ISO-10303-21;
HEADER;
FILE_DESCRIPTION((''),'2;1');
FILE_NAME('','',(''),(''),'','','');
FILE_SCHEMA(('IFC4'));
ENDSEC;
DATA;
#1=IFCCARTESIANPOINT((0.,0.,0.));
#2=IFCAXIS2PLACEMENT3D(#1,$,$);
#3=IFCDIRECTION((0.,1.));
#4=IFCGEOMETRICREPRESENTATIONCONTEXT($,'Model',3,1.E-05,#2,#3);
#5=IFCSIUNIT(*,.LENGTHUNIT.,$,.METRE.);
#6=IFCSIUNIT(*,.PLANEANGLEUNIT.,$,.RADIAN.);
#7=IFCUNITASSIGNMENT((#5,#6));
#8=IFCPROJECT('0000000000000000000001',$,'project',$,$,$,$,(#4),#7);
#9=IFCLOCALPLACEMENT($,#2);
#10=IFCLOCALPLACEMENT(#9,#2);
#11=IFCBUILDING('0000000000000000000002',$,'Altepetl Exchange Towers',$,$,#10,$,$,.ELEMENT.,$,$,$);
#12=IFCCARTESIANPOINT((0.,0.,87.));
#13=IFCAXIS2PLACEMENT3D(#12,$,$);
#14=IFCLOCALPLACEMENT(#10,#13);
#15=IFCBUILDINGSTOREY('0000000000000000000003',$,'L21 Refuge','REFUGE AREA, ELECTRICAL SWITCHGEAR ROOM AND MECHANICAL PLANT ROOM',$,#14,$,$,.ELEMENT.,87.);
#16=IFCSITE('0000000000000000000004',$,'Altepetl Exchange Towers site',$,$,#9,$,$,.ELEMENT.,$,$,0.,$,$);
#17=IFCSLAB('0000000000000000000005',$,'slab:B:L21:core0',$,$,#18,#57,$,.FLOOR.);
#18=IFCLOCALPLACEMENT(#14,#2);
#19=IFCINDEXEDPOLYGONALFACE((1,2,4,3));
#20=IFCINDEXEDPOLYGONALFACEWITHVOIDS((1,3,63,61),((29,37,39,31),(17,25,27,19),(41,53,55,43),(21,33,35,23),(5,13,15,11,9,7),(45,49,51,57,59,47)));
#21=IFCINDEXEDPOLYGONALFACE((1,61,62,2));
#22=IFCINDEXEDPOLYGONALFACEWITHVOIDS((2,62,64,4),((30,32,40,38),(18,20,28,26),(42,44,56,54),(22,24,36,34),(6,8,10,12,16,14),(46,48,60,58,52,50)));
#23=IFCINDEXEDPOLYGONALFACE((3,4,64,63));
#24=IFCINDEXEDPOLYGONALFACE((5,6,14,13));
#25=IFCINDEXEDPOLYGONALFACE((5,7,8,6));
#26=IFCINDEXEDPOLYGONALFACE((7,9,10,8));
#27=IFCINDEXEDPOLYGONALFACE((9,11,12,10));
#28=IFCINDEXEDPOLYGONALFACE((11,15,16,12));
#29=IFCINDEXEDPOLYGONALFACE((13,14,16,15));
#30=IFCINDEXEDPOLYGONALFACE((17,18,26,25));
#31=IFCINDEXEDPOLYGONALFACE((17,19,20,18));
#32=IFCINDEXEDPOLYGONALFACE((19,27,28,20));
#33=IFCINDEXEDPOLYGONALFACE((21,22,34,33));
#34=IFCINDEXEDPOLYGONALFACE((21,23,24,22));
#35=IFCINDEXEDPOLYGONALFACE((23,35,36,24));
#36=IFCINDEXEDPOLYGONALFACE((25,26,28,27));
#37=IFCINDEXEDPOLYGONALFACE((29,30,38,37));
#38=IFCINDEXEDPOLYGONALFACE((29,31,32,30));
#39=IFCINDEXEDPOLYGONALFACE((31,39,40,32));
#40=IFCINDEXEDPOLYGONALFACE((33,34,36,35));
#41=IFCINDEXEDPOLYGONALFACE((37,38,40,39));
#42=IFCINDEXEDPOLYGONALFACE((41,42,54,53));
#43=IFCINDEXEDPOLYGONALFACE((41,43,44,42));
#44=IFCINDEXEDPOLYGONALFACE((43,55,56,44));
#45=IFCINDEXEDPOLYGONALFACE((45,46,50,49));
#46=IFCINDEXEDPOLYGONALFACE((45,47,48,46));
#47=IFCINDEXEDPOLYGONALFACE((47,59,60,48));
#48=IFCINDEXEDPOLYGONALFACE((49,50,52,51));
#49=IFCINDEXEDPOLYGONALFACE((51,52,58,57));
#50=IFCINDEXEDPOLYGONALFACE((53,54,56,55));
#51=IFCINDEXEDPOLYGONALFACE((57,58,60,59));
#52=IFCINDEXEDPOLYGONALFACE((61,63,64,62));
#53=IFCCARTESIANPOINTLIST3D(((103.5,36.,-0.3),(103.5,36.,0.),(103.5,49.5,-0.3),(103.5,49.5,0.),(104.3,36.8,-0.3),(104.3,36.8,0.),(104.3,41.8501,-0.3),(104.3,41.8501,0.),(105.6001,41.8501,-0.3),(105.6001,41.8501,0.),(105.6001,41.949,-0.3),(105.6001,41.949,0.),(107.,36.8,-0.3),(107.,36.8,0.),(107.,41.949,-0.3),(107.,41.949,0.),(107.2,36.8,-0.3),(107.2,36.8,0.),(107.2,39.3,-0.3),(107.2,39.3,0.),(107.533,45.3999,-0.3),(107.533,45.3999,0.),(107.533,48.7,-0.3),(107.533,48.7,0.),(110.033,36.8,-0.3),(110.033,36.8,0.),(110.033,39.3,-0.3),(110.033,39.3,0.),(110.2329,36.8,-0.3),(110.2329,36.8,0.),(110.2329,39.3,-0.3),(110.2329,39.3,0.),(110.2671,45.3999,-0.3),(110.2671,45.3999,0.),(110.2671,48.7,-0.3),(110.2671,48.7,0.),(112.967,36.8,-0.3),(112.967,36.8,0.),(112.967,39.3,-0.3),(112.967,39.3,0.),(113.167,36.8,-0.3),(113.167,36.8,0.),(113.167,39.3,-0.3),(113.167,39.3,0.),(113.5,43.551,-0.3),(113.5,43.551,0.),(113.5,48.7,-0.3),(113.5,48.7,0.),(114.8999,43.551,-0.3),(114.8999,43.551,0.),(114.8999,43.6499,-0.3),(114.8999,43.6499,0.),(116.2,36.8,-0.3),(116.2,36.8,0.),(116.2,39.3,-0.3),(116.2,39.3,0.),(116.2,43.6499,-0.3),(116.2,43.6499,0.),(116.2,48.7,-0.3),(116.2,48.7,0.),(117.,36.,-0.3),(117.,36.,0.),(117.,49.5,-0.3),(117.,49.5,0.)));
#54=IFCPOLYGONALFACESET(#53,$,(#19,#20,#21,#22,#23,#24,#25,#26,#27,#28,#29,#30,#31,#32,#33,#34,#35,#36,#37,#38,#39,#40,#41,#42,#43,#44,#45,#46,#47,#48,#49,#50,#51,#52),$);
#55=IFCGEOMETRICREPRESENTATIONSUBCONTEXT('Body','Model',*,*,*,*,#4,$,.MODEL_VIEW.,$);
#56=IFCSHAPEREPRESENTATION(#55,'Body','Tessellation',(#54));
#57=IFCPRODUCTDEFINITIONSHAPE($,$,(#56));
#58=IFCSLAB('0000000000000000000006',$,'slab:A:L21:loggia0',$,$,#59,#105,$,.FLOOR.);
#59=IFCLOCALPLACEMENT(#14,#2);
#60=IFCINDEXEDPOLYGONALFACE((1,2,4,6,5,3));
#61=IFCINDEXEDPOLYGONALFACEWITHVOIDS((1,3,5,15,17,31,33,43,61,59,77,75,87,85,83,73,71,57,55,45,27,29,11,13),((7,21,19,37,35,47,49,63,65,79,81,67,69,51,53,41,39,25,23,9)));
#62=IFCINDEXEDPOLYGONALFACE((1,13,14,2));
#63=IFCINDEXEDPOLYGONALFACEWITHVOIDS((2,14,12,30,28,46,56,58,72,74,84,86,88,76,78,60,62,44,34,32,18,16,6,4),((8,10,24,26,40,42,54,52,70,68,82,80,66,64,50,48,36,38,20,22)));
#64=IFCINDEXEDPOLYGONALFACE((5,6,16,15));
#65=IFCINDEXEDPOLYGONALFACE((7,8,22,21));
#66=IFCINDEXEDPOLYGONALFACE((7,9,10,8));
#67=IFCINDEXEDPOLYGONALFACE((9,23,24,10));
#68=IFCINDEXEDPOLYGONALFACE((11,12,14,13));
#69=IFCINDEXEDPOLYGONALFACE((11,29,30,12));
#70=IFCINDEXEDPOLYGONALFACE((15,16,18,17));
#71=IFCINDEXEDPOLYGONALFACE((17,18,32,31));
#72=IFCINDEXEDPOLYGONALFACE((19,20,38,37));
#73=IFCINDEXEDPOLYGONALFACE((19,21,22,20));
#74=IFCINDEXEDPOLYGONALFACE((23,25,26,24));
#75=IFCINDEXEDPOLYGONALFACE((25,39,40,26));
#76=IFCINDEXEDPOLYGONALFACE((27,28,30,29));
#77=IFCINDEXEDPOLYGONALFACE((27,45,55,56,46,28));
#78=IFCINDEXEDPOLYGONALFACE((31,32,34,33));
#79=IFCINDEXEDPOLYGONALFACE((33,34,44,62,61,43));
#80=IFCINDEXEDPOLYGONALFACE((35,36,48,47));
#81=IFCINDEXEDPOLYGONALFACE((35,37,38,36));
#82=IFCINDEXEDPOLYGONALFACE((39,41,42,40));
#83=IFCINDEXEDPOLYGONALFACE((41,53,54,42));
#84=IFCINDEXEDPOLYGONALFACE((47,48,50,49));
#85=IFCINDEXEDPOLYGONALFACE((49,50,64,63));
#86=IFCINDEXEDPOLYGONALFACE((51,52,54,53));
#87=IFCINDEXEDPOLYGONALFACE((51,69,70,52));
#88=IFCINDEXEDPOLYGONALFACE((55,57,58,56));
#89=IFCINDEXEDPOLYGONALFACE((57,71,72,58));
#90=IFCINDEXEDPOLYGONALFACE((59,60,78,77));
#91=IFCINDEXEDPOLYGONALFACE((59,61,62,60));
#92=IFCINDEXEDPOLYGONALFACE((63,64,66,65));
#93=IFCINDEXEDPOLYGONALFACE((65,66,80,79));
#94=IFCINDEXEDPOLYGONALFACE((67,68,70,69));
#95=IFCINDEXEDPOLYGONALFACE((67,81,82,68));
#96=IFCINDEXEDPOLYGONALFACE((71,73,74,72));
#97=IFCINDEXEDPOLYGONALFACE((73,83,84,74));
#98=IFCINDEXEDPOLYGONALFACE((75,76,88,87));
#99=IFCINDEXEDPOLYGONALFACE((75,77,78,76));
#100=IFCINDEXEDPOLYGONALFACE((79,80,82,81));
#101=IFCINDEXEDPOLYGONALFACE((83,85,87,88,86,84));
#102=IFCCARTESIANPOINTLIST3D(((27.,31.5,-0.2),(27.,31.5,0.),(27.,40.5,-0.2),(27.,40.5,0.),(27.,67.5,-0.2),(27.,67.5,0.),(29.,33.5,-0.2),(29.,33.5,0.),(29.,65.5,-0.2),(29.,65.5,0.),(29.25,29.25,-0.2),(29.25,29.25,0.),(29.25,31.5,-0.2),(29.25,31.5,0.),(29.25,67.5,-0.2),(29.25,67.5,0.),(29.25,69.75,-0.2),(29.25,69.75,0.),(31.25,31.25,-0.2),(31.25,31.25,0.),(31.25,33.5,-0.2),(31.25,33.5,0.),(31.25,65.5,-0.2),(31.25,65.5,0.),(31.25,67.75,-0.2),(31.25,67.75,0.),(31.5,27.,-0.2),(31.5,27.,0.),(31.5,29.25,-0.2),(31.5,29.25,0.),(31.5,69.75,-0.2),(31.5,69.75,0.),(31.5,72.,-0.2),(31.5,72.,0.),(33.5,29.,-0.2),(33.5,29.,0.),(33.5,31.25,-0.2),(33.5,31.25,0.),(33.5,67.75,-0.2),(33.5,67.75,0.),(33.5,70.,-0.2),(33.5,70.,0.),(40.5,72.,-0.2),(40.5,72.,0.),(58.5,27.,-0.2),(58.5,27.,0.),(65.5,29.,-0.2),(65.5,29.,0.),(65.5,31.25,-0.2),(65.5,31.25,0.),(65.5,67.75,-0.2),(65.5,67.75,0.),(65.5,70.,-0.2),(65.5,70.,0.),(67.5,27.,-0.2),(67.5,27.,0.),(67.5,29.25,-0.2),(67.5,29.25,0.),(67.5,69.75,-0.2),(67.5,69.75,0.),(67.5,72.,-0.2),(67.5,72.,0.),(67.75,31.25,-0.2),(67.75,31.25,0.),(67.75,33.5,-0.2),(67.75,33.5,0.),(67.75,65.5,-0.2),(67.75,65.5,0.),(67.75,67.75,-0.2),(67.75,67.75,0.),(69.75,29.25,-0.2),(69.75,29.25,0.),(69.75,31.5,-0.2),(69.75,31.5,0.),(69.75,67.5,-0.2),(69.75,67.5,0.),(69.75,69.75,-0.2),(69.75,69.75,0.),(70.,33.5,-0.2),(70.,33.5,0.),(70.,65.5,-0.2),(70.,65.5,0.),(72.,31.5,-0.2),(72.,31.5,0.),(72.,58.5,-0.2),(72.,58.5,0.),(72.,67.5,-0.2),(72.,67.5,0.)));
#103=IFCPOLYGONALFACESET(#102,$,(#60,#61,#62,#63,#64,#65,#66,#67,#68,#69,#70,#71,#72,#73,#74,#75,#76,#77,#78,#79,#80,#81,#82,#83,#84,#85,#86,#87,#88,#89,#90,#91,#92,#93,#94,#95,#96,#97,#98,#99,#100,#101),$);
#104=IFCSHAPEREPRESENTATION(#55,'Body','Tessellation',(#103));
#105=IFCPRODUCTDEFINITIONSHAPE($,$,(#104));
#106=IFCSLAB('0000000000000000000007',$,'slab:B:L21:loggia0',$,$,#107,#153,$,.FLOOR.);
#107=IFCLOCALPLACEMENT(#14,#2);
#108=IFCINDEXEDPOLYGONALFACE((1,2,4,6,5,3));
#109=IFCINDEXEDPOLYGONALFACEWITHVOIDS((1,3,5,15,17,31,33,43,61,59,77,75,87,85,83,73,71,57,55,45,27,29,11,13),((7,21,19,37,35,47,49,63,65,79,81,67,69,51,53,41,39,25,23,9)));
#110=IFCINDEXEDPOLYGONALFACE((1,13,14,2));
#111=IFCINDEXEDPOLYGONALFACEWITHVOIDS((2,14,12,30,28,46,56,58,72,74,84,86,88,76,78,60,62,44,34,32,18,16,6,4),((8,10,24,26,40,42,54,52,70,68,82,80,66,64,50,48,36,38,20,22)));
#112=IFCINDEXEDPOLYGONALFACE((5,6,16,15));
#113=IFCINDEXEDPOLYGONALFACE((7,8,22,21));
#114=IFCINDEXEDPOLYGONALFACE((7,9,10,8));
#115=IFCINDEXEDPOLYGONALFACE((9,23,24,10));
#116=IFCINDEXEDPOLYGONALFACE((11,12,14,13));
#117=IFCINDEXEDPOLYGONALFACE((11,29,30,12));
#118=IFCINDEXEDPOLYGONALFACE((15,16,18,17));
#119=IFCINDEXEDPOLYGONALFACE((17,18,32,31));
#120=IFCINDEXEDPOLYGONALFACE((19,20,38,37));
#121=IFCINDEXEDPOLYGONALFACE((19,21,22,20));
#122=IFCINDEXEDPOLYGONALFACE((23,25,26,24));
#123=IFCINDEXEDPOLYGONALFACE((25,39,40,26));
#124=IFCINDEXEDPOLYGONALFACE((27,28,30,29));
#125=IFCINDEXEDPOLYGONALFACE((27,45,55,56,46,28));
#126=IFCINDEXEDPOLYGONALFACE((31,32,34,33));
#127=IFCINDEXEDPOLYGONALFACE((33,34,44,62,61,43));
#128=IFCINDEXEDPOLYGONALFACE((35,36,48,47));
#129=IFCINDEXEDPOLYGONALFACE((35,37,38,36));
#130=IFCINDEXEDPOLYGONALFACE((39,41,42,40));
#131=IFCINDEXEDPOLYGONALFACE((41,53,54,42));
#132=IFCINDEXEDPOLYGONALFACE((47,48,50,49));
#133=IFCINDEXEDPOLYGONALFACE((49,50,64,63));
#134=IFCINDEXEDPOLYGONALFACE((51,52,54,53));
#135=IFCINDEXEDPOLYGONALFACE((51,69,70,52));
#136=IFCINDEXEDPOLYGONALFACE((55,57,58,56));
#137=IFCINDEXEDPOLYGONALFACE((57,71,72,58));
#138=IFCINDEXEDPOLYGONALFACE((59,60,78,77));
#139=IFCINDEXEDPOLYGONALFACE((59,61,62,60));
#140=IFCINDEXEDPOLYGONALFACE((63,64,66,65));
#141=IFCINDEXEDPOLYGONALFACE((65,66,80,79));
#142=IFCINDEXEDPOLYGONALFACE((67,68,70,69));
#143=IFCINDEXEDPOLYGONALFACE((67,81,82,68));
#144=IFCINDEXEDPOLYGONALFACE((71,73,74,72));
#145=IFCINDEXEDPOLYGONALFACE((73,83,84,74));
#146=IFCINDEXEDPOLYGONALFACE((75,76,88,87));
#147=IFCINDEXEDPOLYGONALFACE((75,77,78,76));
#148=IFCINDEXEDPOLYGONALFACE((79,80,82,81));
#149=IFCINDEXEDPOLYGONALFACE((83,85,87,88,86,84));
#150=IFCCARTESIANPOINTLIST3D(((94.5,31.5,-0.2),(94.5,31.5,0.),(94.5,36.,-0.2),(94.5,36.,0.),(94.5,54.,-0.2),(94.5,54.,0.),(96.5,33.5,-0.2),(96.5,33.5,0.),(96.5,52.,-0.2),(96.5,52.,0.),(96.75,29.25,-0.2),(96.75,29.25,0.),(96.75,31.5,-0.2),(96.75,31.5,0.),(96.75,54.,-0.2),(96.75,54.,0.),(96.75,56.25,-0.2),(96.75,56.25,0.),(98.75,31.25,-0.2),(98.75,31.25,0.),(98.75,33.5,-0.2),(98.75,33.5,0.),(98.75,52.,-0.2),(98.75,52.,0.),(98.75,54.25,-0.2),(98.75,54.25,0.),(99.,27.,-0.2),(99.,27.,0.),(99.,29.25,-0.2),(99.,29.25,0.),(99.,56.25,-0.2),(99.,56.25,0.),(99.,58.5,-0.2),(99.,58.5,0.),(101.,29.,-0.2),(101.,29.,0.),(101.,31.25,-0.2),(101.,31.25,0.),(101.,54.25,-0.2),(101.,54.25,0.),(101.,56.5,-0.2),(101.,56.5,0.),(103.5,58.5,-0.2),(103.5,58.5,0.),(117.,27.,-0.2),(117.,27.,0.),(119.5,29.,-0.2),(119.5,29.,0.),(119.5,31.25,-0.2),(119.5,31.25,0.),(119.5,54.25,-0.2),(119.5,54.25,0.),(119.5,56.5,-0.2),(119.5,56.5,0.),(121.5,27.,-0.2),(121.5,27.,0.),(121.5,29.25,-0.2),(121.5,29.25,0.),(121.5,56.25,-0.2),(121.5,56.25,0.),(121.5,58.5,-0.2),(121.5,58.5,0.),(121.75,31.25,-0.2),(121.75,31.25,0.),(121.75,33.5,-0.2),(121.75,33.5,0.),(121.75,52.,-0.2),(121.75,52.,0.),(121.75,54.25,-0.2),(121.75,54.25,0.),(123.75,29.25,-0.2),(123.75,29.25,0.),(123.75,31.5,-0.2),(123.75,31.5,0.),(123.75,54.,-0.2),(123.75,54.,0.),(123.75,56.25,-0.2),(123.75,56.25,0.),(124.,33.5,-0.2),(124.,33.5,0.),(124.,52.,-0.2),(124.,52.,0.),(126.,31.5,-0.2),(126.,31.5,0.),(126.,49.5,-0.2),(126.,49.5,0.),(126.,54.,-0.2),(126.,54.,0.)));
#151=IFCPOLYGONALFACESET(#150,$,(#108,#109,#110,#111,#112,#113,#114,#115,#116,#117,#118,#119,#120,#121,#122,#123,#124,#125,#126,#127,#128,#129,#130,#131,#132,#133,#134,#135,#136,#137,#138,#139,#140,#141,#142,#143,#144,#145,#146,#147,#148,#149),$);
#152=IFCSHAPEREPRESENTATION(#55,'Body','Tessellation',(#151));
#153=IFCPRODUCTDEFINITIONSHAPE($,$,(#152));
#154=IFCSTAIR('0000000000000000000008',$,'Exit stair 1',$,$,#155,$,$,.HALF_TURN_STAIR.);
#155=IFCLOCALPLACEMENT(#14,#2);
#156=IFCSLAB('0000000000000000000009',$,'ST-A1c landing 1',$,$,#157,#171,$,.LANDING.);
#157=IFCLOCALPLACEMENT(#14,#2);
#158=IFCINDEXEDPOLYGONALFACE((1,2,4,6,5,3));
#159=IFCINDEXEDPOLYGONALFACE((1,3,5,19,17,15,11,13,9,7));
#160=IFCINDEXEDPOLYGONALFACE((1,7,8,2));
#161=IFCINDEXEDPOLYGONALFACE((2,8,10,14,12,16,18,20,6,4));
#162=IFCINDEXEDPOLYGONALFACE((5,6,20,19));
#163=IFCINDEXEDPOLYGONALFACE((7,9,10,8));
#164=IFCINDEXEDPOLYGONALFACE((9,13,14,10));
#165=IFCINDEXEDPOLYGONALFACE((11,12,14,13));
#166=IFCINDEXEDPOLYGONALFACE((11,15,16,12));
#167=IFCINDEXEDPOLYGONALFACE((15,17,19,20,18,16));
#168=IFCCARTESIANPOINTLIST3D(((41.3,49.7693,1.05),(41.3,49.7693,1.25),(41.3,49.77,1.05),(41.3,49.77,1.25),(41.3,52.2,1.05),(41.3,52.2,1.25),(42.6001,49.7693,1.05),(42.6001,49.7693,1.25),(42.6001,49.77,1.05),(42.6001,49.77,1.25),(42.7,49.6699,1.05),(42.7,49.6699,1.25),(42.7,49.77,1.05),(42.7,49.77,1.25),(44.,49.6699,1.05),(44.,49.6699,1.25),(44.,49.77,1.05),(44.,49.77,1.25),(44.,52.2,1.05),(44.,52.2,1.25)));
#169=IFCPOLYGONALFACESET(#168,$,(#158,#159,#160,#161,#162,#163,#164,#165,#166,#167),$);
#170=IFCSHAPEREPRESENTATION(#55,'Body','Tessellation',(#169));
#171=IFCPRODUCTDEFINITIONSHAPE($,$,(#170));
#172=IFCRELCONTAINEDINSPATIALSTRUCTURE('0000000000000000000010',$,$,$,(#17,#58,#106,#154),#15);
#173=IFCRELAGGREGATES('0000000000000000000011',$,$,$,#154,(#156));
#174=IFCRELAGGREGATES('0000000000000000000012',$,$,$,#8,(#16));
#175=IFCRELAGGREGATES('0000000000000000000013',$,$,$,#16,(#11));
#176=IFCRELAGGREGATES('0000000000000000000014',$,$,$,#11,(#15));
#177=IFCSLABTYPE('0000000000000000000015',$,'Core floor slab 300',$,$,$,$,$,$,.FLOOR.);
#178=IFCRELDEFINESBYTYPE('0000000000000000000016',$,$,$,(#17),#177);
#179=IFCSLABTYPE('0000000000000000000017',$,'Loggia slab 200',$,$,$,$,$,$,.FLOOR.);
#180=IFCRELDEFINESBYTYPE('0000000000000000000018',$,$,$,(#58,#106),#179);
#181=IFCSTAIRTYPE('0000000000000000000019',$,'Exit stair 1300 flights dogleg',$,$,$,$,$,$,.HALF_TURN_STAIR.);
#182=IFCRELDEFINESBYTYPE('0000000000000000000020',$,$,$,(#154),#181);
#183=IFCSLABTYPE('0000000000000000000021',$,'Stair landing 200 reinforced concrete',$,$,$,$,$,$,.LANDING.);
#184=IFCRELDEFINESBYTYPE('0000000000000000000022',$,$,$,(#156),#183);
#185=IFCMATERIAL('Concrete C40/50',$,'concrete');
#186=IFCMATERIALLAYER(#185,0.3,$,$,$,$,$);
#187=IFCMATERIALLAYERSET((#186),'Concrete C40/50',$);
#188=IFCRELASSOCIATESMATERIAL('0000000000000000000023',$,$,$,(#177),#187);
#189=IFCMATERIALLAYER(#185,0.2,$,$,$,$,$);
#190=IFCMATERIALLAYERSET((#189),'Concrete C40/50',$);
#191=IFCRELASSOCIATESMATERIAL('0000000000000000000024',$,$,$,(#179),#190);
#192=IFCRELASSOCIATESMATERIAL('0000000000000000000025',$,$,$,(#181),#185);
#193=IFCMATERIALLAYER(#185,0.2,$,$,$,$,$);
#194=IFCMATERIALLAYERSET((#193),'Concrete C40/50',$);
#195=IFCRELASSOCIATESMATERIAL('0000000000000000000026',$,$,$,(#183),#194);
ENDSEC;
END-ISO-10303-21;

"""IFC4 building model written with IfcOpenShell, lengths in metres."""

from ifc_helpers import new_model, si_unit, direction, frame, origin, place, context, subcontext, project, spatial, polyline, outline, extrude, material, layer, layer_set, type_object, element, aggregate, save


model = new_model("IFC4")

# Units and contexts
model_context = context("Model", 3, precision=1e-05, world=origin(), true_north=direction((0.0, 1.0)))
body_context = subcontext(model_context, "Body", "Model", "MODEL_VIEW")
ifc_project = project(units=[si_unit("LENGTHUNIT", "METRE"), si_unit("PLANEANGLEUNIT", "RADIAN")], contexts=[model_context])

# Site, building, storey
site_placement = place(None, origin())
site = spatial("IfcSite", under=ifc_project, at=site_placement, Name="Altepetl Exchange Towers site", CompositionType="ELEMENT", RefElevation=0.0)
building_placement = place(site_placement, origin())
building = spatial("IfcBuilding", under=site, at=building_placement, Name="Altepetl Exchange Towers", CompositionType="ELEMENT")
storey_placement = place(building_placement, frame((0.0, 0.0, 87.0)))
storey = spatial("IfcBuildingStorey", under=building, at=storey_placement, Name="L21 Refuge", Description="REFUGE AREA, ELECTRICAL SWITCHGEAR ROOM AND MECHANICAL PLANT ROOM", CompositionType="ELEMENT", Elevation=87.0)

# Slabs
ifc_material_1 = material(Name="Concrete C40/50", Category="concrete")
ifc_layer_1 = layer(ifc_material_1, 0.3)
ifc_layer_set_1 = layer_set([ifc_layer_1], Name="Concrete C40/50")
slab_type_1 = type_object("IfcSlabType", Name="Core floor slab 300", PredefinedType="FLOOR", material=ifc_layer_set_1)
slab_1_placement = place(storey_placement, frame((0.0, 0.0, -0.3)))
element("IfcSlab", 1, at=slab_1_placement, inside=storey, type_object=slab_type_1, Name="slab:B:L21:core0", PredefinedType="FLOOR", context=body_context, shape_type="SweptSolid", body=[
    extrude(outline(polyline([(103.5, 36.0), (117.0, 36.0), (117.0, 49.5), (103.5, 49.5), (103.5, 36.0)]), holes=[polyline([(107.2, 36.8), (107.2, 39.3), (110.033, 39.3), (110.033, 36.8), (107.2, 36.8)]), polyline([(110.2329, 39.3), (112.967, 39.3), (112.967, 36.8), (110.2329, 36.8), (110.2329, 39.3)]), polyline([(113.167, 39.3), (116.2, 39.3), (116.2, 36.8), (113.167, 36.8), (113.167, 39.3)]), polyline([(107.0, 36.8), (104.3, 36.8), (104.3, 41.8501), (105.6001, 41.8501), (105.6001, 41.949), (107.0, 41.949), (107.0, 36.8)]), polyline([(116.2, 48.7), (116.2, 43.6499), (114.8999, 43.6499), (114.8999, 43.551), (113.5, 43.551), (113.5, 48.7), (116.2, 48.7)]), polyline([(107.533, 48.7), (110.2671, 48.7), (110.2671, 45.3999), (107.533, 45.3999), (107.533, 48.7)])]), origin(), (0.0, 0.0, 1.0), 0.3),
])
ifc_layer_2 = layer(ifc_material_1, 0.2)
ifc_layer_set_2 = layer_set([ifc_layer_2], Name="Concrete C40/50")
slab_type_2 = type_object("IfcSlabType", Name="Loggia slab 200", PredefinedType="FLOOR", material=ifc_layer_set_2)
slab_2_placement = place(storey_placement, frame((0.0, 0.0, -0.2)))
element("IfcSlab", 2, at=slab_2_placement, inside=storey, type_object=slab_type_2, Name="slab:A:L21:loggia0", PredefinedType="FLOOR", context=body_context, shape_type="SweptSolid", body=[
    extrude(outline(polyline([(29.25, 67.5), (27.0, 67.5), (27.0, 40.5), (27.0, 31.5), (29.25, 31.5), (29.25, 29.25), (31.5, 29.25), (31.5, 27.0), (58.5, 27.0), (67.5, 27.0), (67.5, 29.25), (69.75, 29.25), (69.75, 31.5), (72.0, 31.5), (72.0, 58.5), (72.0, 67.5), (69.75, 67.5), (69.75, 69.75), (67.5, 69.75), (67.5, 72.0), (40.5, 72.0), (31.5, 72.0), (31.5, 69.75), (29.25, 69.75), (29.25, 67.5)]), holes=[polyline([(29.0, 65.5), (31.25, 65.5), (31.25, 67.75), (33.5, 67.75), (33.5, 70.0), (65.5, 70.0), (65.5, 67.75), (67.75, 67.75), (67.75, 65.5), (70.0, 65.5), (70.0, 33.5), (67.75, 33.5), (67.75, 31.25), (65.5, 31.25), (65.5, 29.0), (33.5, 29.0), (33.5, 31.25), (31.25, 31.25), (31.25, 33.5), (29.0, 33.5), (29.0, 65.5)])]), origin(), (0.0, 0.0, 1.0), 0.2),
])
slab_3_placement = place(storey_placement, frame((0.0, 0.0, -0.2)))
element("IfcSlab", 3, at=slab_3_placement, inside=storey, type_object=slab_type_2, Name="slab:B:L21:loggia0", PredefinedType="FLOOR", context=body_context, shape_type="SweptSolid", body=[
    extrude(outline(polyline([(96.75, 54.0), (94.5, 54.0), (94.5, 36.0), (94.5, 31.5), (96.75, 31.5), (96.75, 29.25), (99.0, 29.25), (99.0, 27.0), (117.0, 27.0), (121.5, 27.0), (121.5, 29.25), (123.75, 29.25), (123.75, 31.5), (126.0, 31.5), (126.0, 49.5), (126.0, 54.0), (123.75, 54.0), (123.75, 56.25), (121.5, 56.25), (121.5, 58.5), (103.5, 58.5), (99.0, 58.5), (99.0, 56.25), (96.75, 56.25), (96.75, 54.0)]), holes=[polyline([(96.5, 52.0), (98.75, 52.0), (98.75, 54.25), (101.0, 54.25), (101.0, 56.5), (119.5, 56.5), (119.5, 54.25), (121.75, 54.25), (121.75, 52.0), (124.0, 52.0), (124.0, 33.5), (121.75, 33.5), (121.75, 31.25), (119.5, 31.25), (119.5, 29.0), (101.0, 29.0), (101.0, 31.25), (98.75, 31.25), (98.75, 33.5), (96.5, 33.5), (96.5, 52.0)])]), origin(), (0.0, 0.0, 1.0), 0.2),
])

# Stair, slab
stair_type = type_object("IfcStairType", Name="Exit stair 1300 flights dogleg", PredefinedType="HALF_TURN_STAIR", material=ifc_material_1)
stair_1_placement = place(storey_placement, origin())
stair_1 = element("IfcStair", 4, at=stair_1_placement, inside=storey, type_object=stair_type, Name="Exit stair 1", PredefinedType="HALF_TURN_STAIR")
ifc_layer_3 = layer(ifc_material_1, 0.2)
ifc_layer_set_3 = layer_set([ifc_layer_3], Name="Concrete C40/50")
slab_type_3 = type_object("IfcSlabType", Name="Stair landing 200 reinforced concrete", PredefinedType="LANDING", material=ifc_layer_set_3)
slab_4_placement = place(storey_placement, frame((0.0, 0.0, 1.05)))
slab_4 = element("IfcSlab", 5, at=slab_4_placement, type_object=slab_type_3, Name="ST-A1c landing 1", PredefinedType="LANDING", context=body_context, shape_type="SweptSolid", body=[
    extrude(outline(polyline([(44.0, 49.6699), (42.7, 49.6699), (42.7, 49.77), (42.6001, 49.77), (42.6001, 49.7693), (41.3, 49.7693), (41.3, 49.77), (41.3, 52.2), (44.0, 52.2), (44.0, 49.77), (44.0, 49.6699)])), origin(), (0.0, 0.0, 1.0), 0.2),
])
aggregate(stair_1, [slab_4])

save(model, "model.ifc")
